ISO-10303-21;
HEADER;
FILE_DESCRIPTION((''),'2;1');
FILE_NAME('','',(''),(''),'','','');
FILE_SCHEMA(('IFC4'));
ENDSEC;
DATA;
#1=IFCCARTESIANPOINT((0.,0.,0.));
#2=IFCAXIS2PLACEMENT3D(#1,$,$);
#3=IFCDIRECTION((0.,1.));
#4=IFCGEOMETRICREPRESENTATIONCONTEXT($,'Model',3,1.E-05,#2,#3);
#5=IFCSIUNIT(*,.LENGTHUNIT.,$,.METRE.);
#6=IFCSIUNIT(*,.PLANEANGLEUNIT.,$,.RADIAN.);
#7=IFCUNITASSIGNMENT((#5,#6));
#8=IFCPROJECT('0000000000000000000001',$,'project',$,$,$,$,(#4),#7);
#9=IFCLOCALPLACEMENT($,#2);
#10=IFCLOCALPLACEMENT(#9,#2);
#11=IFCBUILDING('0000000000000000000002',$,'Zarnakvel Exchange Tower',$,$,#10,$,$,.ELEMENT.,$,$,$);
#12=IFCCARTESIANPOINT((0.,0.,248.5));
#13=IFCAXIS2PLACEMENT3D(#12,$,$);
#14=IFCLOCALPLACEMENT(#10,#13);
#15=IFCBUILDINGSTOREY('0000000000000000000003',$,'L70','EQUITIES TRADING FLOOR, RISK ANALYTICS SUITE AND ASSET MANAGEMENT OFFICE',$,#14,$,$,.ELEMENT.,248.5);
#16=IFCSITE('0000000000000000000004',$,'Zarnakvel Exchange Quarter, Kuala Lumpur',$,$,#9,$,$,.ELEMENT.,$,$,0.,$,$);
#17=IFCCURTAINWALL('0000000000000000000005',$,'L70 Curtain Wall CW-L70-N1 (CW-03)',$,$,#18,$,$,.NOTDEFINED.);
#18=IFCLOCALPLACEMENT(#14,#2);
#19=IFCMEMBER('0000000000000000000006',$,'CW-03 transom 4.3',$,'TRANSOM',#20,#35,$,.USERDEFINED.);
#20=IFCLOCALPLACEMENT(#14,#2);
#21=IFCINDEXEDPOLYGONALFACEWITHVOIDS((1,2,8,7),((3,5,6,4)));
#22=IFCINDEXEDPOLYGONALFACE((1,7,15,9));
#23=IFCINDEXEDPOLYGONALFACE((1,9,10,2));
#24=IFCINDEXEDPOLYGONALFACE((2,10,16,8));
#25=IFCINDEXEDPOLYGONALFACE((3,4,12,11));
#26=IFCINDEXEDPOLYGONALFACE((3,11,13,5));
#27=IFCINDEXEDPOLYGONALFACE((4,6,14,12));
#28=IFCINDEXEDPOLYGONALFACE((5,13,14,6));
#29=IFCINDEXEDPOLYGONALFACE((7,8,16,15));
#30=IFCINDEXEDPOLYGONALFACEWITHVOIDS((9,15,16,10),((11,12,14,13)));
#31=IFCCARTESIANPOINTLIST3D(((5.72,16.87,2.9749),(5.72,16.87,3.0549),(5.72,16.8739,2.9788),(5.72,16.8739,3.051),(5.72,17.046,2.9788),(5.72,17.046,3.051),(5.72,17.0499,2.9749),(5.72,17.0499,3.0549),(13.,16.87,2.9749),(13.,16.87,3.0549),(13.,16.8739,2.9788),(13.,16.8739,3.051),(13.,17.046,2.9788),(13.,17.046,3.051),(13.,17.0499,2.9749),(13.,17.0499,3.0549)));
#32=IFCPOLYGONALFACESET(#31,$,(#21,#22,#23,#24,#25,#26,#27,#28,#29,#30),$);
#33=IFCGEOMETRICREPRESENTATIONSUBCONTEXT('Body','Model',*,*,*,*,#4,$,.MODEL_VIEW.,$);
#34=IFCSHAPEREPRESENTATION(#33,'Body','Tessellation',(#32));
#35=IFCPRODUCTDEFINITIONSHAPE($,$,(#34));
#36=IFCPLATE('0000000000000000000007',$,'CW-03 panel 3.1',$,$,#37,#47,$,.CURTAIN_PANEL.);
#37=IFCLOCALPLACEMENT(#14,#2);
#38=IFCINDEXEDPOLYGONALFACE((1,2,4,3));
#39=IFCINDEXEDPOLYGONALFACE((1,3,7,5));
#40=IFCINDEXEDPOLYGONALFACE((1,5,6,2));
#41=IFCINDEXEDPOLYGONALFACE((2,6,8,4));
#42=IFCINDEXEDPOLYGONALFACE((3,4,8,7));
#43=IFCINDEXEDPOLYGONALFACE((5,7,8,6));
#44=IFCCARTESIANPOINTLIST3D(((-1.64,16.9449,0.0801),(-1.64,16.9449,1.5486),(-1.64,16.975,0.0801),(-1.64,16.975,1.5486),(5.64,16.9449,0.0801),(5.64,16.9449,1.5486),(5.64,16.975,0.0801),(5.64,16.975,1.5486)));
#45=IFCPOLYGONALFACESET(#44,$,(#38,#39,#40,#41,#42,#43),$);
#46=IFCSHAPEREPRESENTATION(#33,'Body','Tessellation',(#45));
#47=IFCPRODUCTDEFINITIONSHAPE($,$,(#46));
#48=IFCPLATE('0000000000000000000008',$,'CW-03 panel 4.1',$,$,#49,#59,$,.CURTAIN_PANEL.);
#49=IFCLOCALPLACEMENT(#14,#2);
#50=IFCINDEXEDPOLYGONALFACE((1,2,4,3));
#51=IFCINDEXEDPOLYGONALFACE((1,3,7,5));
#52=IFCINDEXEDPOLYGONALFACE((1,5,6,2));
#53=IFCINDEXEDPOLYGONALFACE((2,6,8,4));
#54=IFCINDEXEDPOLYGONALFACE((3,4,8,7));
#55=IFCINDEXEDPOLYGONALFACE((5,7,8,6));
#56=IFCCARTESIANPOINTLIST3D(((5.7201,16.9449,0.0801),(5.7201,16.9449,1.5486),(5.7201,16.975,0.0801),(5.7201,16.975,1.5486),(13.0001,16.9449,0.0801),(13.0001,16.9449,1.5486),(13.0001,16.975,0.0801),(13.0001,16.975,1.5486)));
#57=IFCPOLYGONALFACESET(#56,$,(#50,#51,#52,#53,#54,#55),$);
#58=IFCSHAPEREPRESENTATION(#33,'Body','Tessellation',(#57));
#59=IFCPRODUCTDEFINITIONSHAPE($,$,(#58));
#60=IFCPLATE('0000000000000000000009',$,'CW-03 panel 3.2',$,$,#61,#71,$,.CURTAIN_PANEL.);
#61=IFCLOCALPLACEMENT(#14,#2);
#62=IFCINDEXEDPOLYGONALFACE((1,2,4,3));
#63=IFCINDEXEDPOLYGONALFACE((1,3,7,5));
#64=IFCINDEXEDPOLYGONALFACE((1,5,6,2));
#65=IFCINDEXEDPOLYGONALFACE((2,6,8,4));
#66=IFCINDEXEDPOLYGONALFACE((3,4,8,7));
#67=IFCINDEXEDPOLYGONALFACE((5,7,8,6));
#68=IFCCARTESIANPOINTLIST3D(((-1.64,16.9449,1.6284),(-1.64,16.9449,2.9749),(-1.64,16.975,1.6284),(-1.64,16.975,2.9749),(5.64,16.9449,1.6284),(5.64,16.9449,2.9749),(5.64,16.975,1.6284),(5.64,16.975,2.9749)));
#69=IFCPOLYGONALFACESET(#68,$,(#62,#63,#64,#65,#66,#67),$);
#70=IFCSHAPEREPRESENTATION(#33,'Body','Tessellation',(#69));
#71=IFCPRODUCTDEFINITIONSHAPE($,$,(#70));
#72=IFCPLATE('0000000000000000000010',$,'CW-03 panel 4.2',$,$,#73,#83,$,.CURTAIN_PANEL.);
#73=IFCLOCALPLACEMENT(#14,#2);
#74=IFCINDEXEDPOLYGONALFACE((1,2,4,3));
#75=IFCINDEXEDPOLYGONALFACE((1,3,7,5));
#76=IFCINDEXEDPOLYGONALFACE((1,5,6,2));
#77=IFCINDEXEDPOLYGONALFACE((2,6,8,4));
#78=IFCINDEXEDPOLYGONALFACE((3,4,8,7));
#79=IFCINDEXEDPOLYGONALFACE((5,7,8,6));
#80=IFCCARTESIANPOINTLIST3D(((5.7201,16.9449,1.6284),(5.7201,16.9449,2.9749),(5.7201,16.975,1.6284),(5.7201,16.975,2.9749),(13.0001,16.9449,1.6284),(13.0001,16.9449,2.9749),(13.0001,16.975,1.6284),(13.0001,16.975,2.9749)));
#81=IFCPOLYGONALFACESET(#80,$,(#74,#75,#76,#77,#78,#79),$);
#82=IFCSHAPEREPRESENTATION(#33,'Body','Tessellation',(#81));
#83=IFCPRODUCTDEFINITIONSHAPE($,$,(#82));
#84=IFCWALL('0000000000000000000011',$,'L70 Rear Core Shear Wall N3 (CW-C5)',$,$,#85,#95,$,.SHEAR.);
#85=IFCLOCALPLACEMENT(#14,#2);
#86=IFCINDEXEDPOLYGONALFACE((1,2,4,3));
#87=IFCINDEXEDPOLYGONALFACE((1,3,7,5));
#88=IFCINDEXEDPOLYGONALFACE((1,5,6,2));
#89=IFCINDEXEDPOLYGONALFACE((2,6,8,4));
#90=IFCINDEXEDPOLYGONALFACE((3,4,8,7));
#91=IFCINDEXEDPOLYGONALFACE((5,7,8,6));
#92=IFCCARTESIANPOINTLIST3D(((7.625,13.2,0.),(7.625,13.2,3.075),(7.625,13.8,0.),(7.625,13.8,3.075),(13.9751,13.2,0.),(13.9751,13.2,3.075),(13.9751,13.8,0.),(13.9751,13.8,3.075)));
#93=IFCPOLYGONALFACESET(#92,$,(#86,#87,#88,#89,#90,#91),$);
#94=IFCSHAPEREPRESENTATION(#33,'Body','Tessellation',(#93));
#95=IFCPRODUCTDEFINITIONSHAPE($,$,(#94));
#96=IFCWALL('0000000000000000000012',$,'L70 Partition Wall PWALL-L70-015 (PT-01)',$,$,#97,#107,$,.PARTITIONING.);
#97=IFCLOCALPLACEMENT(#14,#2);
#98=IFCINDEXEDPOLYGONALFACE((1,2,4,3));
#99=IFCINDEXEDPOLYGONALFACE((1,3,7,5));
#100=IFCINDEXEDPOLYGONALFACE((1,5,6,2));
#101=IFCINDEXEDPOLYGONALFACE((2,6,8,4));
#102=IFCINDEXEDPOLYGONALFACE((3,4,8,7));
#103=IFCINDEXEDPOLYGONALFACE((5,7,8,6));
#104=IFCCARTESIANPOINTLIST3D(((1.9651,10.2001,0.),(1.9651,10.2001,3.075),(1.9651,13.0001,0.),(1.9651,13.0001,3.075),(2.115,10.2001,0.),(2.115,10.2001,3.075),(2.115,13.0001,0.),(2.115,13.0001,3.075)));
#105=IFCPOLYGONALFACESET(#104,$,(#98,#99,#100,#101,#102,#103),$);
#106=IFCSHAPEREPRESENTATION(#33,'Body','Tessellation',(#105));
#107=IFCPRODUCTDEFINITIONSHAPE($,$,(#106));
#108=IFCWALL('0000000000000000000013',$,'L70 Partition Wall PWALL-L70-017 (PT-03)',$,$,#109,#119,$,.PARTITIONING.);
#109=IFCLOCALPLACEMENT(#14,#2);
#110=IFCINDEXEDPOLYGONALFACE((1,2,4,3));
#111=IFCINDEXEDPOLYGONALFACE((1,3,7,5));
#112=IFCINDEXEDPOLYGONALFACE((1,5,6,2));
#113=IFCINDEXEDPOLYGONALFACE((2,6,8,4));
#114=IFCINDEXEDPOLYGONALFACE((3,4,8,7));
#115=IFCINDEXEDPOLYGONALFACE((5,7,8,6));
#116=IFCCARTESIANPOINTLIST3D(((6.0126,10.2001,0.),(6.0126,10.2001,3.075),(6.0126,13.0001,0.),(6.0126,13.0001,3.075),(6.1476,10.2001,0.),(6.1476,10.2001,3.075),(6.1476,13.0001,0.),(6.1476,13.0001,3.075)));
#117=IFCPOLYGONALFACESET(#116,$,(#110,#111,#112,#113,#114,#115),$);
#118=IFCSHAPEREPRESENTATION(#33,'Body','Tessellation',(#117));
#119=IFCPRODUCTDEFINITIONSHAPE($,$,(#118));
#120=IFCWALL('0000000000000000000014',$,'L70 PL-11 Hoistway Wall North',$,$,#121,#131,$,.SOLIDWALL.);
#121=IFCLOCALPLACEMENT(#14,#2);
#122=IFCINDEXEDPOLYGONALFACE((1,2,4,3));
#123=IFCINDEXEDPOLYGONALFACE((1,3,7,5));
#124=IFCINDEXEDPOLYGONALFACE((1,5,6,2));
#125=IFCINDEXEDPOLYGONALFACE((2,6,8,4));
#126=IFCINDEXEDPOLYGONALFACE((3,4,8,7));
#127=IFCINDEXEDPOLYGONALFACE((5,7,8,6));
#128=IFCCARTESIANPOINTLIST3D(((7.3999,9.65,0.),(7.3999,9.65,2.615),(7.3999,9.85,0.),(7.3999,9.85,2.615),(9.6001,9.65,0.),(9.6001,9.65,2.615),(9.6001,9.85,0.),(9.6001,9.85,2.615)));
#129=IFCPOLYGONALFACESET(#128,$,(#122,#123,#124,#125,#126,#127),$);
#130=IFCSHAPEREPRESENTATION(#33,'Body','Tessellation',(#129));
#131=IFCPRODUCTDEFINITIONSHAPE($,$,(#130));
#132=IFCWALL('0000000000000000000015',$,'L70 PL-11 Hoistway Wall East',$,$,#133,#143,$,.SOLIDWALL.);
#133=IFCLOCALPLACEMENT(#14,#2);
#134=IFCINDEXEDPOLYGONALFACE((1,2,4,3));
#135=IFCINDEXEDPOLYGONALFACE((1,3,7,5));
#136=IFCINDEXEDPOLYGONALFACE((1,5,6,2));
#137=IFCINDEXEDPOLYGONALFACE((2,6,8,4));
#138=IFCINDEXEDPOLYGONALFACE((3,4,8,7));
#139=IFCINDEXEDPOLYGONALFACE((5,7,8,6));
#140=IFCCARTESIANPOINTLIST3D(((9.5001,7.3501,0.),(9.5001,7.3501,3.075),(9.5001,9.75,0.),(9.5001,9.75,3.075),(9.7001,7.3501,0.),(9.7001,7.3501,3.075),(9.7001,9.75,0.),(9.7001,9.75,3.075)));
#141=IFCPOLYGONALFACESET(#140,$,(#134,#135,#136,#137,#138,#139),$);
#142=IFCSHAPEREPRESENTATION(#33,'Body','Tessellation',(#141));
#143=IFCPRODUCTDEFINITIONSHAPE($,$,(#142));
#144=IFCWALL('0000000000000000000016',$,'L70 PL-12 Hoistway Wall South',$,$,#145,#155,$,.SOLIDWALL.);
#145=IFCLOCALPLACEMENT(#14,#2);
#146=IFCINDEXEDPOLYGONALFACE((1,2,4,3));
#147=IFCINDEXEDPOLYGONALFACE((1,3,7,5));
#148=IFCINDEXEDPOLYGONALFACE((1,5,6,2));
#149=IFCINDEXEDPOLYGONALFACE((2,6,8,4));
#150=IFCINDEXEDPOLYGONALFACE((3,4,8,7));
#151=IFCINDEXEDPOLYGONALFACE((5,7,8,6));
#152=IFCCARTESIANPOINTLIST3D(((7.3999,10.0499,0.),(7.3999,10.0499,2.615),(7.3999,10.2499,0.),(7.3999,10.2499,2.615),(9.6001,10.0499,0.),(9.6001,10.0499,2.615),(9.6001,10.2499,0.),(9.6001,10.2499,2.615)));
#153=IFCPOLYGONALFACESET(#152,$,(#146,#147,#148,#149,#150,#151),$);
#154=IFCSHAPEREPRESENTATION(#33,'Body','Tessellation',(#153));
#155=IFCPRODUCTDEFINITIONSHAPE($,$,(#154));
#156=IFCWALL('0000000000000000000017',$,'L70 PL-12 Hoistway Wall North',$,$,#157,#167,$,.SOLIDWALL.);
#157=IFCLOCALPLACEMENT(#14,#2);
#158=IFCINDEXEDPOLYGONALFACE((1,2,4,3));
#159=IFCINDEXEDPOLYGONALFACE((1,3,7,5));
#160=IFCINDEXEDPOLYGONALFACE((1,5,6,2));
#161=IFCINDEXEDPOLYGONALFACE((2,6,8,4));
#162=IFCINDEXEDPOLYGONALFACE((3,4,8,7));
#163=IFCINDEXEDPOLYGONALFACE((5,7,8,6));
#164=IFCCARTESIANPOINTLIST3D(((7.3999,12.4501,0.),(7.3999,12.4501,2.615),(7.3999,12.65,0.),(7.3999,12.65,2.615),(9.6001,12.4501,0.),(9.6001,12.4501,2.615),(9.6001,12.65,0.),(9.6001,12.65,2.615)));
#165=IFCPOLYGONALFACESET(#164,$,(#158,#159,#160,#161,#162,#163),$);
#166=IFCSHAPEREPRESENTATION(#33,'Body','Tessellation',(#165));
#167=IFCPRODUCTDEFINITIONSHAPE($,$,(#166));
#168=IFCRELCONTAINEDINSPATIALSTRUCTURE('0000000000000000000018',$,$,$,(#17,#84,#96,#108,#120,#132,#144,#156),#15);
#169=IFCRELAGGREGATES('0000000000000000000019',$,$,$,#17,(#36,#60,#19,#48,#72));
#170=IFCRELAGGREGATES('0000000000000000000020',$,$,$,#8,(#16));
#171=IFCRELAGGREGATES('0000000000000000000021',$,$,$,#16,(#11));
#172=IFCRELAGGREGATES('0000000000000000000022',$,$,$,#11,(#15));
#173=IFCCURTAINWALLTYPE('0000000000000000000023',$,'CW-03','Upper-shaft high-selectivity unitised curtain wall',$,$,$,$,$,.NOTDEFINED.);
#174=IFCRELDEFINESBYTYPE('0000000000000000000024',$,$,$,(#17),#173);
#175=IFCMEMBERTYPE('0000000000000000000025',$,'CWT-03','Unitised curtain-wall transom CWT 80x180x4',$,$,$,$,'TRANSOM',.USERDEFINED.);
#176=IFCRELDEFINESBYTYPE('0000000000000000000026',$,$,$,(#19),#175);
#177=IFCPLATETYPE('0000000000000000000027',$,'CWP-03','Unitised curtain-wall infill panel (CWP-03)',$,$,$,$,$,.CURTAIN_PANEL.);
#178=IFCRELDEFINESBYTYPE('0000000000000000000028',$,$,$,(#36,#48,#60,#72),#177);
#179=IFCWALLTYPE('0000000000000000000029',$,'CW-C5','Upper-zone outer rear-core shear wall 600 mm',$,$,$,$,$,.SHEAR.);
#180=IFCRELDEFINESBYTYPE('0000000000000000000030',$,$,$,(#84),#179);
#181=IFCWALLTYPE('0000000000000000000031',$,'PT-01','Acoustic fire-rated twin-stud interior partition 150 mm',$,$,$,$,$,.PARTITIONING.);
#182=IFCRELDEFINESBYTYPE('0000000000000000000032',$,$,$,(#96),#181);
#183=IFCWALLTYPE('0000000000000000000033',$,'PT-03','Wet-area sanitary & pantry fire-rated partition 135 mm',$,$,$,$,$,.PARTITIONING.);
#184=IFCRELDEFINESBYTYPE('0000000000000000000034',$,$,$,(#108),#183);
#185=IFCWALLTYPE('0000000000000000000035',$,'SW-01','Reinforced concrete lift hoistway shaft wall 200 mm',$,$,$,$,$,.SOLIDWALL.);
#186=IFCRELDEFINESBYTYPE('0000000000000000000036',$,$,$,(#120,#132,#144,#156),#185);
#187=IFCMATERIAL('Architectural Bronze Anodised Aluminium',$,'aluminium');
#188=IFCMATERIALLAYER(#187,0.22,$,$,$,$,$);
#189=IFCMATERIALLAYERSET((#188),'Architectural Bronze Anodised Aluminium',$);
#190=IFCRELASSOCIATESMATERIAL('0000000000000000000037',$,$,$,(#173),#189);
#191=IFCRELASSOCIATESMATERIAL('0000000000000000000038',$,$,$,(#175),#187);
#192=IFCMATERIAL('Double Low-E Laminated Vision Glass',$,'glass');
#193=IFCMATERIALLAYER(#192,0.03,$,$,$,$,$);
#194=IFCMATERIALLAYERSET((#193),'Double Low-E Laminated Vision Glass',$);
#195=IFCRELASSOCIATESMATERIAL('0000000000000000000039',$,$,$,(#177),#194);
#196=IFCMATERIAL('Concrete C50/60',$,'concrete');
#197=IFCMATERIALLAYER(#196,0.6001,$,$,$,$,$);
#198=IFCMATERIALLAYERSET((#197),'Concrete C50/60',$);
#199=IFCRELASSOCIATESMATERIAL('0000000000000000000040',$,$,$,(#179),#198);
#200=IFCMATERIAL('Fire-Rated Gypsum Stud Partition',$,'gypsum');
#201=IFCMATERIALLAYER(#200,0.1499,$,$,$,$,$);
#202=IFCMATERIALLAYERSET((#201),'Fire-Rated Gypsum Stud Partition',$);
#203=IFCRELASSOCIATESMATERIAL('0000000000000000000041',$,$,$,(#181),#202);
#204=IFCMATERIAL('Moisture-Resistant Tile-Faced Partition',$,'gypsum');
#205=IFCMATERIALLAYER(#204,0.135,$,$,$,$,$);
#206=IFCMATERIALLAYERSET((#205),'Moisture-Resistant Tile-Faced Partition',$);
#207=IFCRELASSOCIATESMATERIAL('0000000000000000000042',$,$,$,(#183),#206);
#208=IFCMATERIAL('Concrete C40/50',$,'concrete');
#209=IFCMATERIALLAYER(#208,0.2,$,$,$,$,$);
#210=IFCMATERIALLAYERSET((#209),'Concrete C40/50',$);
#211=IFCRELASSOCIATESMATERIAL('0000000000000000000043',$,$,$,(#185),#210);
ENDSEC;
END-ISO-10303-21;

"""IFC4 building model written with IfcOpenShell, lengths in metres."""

from ifc_helpers import new_model, si_unit, direction, frame, frame_2d, origin, origin_2d, place, context, subcontext, project, spatial, rectangle, hollow_rectangle, extrude, source, transform, mapped, material, layer, layer_set, material_profile, profile_set, type_object, element, aggregate, save


model = new_model("IFC4")

# Units and contexts
model_context = context("Model", 3, precision=1e-05, world=origin(), true_north=direction((0.0, 1.0)))
body_context = subcontext(model_context, "Body", "Model", "MODEL_VIEW")
ifc_project = project(units=[si_unit("LENGTHUNIT", "METRE"), si_unit("PLANEANGLEUNIT", "RADIAN")], contexts=[model_context])

# Site, building, storey
site_placement = place(None, origin())
site = spatial("IfcSite", under=ifc_project, at=site_placement, Name="Zarnakvel Exchange Quarter, Kuala Lumpur", CompositionType="ELEMENT", RefElevation=0.0)
building_placement = place(site_placement, origin())
building = spatial("IfcBuilding", under=site, at=building_placement, Name="Zarnakvel Exchange Tower", CompositionType="ELEMENT")
storey_placement = place(building_placement, frame((0.0, 0.0, 248.5)))
storey = spatial("IfcBuildingStorey", under=building, at=storey_placement, Name="L70", Description="EQUITIES TRADING FLOOR, RISK ANALYTICS SUITE AND ASSET MANAGEMENT OFFICE", CompositionType="ELEMENT", Elevation=248.5)

# Shared definitions
ifc_material_1 = material(Name="Concrete C50/60", Category="concrete")

# Curtain wall, member, plates
ifc_material_2 = material(Name="Architectural Bronze Anodised Aluminium", Category="aluminium")
ifc_layer_1 = layer(ifc_material_2, 0.22)
ifc_layer_set_1 = layer_set([ifc_layer_1], Name="Architectural Bronze Anodised Aluminium")
curtain_wall_type = type_object("IfcCurtainWallType", Name="CW-03", Description="Upper-shaft high-selectivity unitised curtain wall", PredefinedType="NOTDEFINED", material=ifc_layer_set_1)
curtain_wall_placement = place(storey_placement, origin())
curtain_wall = element("IfcCurtainWall", 1, at=curtain_wall_placement, inside=storey, type_object=curtain_wall_type, Name="L70 Curtain Wall CW-L70-N1 (CW-03)", PredefinedType="NOTDEFINED")
ifc_material_profile_1 = material_profile(ifc_material_2, hollow_rectangle(XDim=0.1799, YDim=0.0801, WallThickness=0.0039, at=origin_2d()))
ifc_profile_set_1 = profile_set([ifc_material_profile_1], Name="Architectural Bronze Anodised Aluminium")
member_type_1 = type_object("IfcMemberType", Name="CWT-03", Description="Unitised curtain-wall transom CWT 80x180x4", ElementType="TRANSOM", PredefinedType="USERDEFINED", material=ifc_profile_set_1)
shared_shape_1 = source(origin(), body_context, "Body", "SweptSolid", [
    extrude(hollow_rectangle(XDim=0.1799, YDim=0.0801, WallThickness=0.0039, at=origin_2d()), origin(), (0.0, 0.0, 1.0), 7.28),
])
member_1_placement = place(storey_placement, frame((5.72, 16.96, 3.0149), z_axis=(1.0, 0.0, 0.0), x_axis=(0.0, 1.0, 0.0)))
member_1 = element("IfcMember", 2, at=member_1_placement, type_object=member_type_1, Name="CW-03 transom 4.3", ObjectType="TRANSOM", PredefinedType="USERDEFINED", context=body_context, shape_type="MappedRepresentation", body=[
    mapped(shared_shape_1, transform((0.0, 0.0, 0.0), x_axis=(1.0, 0.0, 0.0), y_axis=(0.0, 1.0, 0.0), z_axis=(0.0, 0.0, 1.0), scale=1.0)),
])
ifc_material_3 = material(Name="Double Low-E Laminated Vision Glass", Category="glass")
ifc_layer_2 = layer(ifc_material_3, 0.03)
ifc_layer_set_2 = layer_set([ifc_layer_2], Name="Double Low-E Laminated Vision Glass")
plate_type = type_object("IfcPlateType", Name="CWP-03", Description="Unitised curtain-wall infill panel (CWP-03)", PredefinedType="CURTAIN_PANEL", material=ifc_layer_set_2)
shared_shape_2 = source(origin(), body_context, "Body", "SweptSolid", [
    extrude(rectangle(XDim=7.28, YDim=0.03, at=origin_2d()), origin(), (0.0, 0.0, 1.0), 1.4685),
])
plate_1_placement = place(storey_placement, frame((2.0, 16.96, 0.0801), z_axis=(0.0, 0.0, 1.0), x_axis=(1.0, 0.0, 0.0)))
plate_1 = element("IfcPlate", 3, at=plate_1_placement, type_object=plate_type, Name="CW-03 panel 3.1", PredefinedType="CURTAIN_PANEL", context=body_context, shape_type="MappedRepresentation", body=[
    mapped(shared_shape_2, transform((0.0, 0.0, 0.0), x_axis=(1.0, 0.0, 0.0), y_axis=(0.0, 1.0, 0.0), z_axis=(0.0, 0.0, 1.0), scale=1.0)),
])
plate_2_placement = place(storey_placement, frame((9.3601, 16.96, 0.0801), z_axis=(0.0, 0.0, 1.0), x_axis=(1.0, 0.0, 0.0)))
plate_2 = element("IfcPlate", 4, at=plate_2_placement, type_object=plate_type, Name="CW-03 panel 4.1", PredefinedType="CURTAIN_PANEL", context=body_context, shape_type="MappedRepresentation", body=[
    mapped(shared_shape_2, transform((0.0, 0.0, 0.0), x_axis=(1.0, 0.0, 0.0), y_axis=(0.0, 1.0, 0.0), z_axis=(0.0, 0.0, 1.0), scale=1.0)),
])
shared_shape_3 = source(origin(), body_context, "Body", "SweptSolid", [
    extrude(rectangle(XDim=7.28, YDim=0.03, at=origin_2d()), origin(), (0.0, 0.0, 1.0), 1.3464),
])
plate_3_placement = place(storey_placement, frame((2.0, 16.96, 1.6284), z_axis=(0.0, 0.0, 1.0), x_axis=(1.0, 0.0, 0.0)))
plate_3 = element("IfcPlate", 5, at=plate_3_placement, type_object=plate_type, Name="CW-03 panel 3.2", PredefinedType="CURTAIN_PANEL", context=body_context, shape_type="MappedRepresentation", body=[
    mapped(shared_shape_3, transform((0.0, 0.0, 0.0), x_axis=(1.0, 0.0, 0.0), y_axis=(0.0, 1.0, 0.0), z_axis=(0.0, 0.0, 1.0), scale=1.0)),
])
plate_4_placement = place(storey_placement, frame((9.3601, 16.96, 1.6284), z_axis=(0.0, 0.0, 1.0), x_axis=(1.0, 0.0, 0.0)))
plate_4 = element("IfcPlate", 6, at=plate_4_placement, type_object=plate_type, Name="CW-03 panel 4.2", PredefinedType="CURTAIN_PANEL", context=body_context, shape_type="MappedRepresentation", body=[
    mapped(shared_shape_3, transform((0.0, 0.0, 0.0), x_axis=(1.0, 0.0, 0.0), y_axis=(0.0, 1.0, 0.0), z_axis=(0.0, 0.0, 1.0), scale=1.0)),
])
aggregate(curtain_wall, [plate_1, plate_3, member_1, plate_2, plate_4])

# Wall
ifc_layer_3 = layer(ifc_material_1, 0.6001)
ifc_layer_set_3 = layer_set([ifc_layer_3], Name="Concrete C50/60")
wall_type_1 = type_object("IfcWallType", Name="CW-C5", Description="Upper-zone outer rear-core shear wall 600 mm", PredefinedType="SHEAR", material=ifc_layer_set_3)
wall_1_placement = place(storey_placement, frame((7.625, 13.5, 0.0), z_axis=(0.0, 0.0, 1.0), x_axis=(1.0, 0.0, 0.0)))
element("IfcWall", 7, at=wall_1_placement, inside=storey, type_object=wall_type_1, Name="L70 Rear Core Shear Wall N3 (CW-C5)", PredefinedType="SHEAR", context=body_context, shape_type="SweptSolid", body=[
    extrude(rectangle(XDim=6.3501, YDim=0.6001, at=frame_2d((3.175, 0.0))), origin(), (0.0, 0.0, 1.0), 3.075),
])

# Shared definitions
ifc_material_4 = material(Name="Fire-Rated Gypsum Stud Partition", Category="gypsum")
ifc_layer_4 = layer(ifc_material_4, 0.1499)
ifc_layer_set_4 = layer_set([ifc_layer_4], Name="Fire-Rated Gypsum Stud Partition")
wall_type_2 = type_object("IfcWallType", Name="PT-01", Description="Acoustic fire-rated twin-stud interior partition 150 mm", PredefinedType="PARTITIONING", material=ifc_layer_set_4)

# Wall
wall_2_placement = place(storey_placement, frame((2.04, 13.0, 0.0), z_axis=(0.0, 0.0, 1.0), x_axis=(0.0, -1.0, 0.0)))
element("IfcWall", 8, at=wall_2_placement, inside=storey, type_object=wall_type_2, Name="L70 Partition Wall PWALL-L70-015 (PT-01)", PredefinedType="PARTITIONING", context=body_context, shape_type="SweptSolid", body=[
    extrude(rectangle(XDim=2.8, YDim=0.1499, at=frame_2d((1.3999, 0.0))), origin(), (0.0, 0.0, 1.0), 3.075),
])

# Shared definitions
ifc_material_5 = material(Name="Moisture-Resistant Tile-Faced Partition", Category="gypsum")
ifc_layer_5 = layer(ifc_material_5, 0.135)
ifc_layer_set_5 = layer_set([ifc_layer_5], Name="Moisture-Resistant Tile-Faced Partition")
wall_type_3 = type_object("IfcWallType", Name="PT-03", Description="Wet-area sanitary & pantry fire-rated partition 135 mm", PredefinedType="PARTITIONING", material=ifc_layer_set_5)

# Walls
wall_3_placement = place(storey_placement, frame((6.0801, 13.0, 0.0), z_axis=(0.0, 0.0, 1.0), x_axis=(0.0, -1.0, 0.0)))
element("IfcWall", 9, at=wall_3_placement, inside=storey, type_object=wall_type_3, Name="L70 Partition Wall PWALL-L70-017 (PT-03)", PredefinedType="PARTITIONING", context=body_context, shape_type="SweptSolid", body=[
    extrude(rectangle(XDim=2.8, YDim=0.135, at=frame_2d((1.3999, 0.0))), origin(), (0.0, 0.0, 1.0), 3.075),
])
ifc_material_6 = material(Name="Concrete C40/50", Category="concrete")
ifc_layer_6 = layer(ifc_material_6, 0.2)
ifc_layer_set_6 = layer_set([ifc_layer_6], Name="Concrete C40/50")
wall_type_4 = type_object("IfcWallType", Name="SW-01", Description="Reinforced concrete lift hoistway shaft wall 200 mm", PredefinedType="SOLIDWALL", material=ifc_layer_set_6)
wall_4_placement = place(storey_placement, frame((7.3999, 9.75, 0.0), z_axis=(0.0, 0.0, 1.0), x_axis=(1.0, 0.0, 0.0)))
element("IfcWall", 10, at=wall_4_placement, inside=storey, type_object=wall_type_4, Name="L70 PL-11 Hoistway Wall North", PredefinedType="SOLIDWALL", context=body_context, shape_type="SweptSolid", body=[
    extrude(rectangle(XDim=2.2002, YDim=0.2, at=frame_2d((1.1001, 0.0))), origin(), (0.0, 0.0, 1.0), 2.615),
])
wall_5_placement = place(storey_placement, frame((9.6001, 9.75, 0.0), z_axis=(0.0, 0.0, 1.0), x_axis=(0.0, -1.0, 0.0)))
element("IfcWall", 11, at=wall_5_placement, inside=storey, type_object=wall_type_4, Name="L70 PL-11 Hoistway Wall East", PredefinedType="SOLIDWALL", context=body_context, shape_type="SweptSolid", body=[
    extrude(rectangle(XDim=2.3999, YDim=0.2, at=frame_2d((1.2, 0.0))), origin(), (0.0, 0.0, 1.0), 3.075),
])
for number, where, z_axis, x_axis, name in (
    (12, (9.6001, 10.1499, 0.0), (0.0, 0.0, 1.0), (-1.0, 0.0, 0.0), "L70 PL-12 Hoistway Wall South"),
    (13, (7.3999, 12.55, 0.0), (0.0, 0.0, 1.0), (1.0, 0.0, 0.0), "L70 PL-12 Hoistway Wall North"),
):
    element("IfcWall", number, at=place(storey_placement, frame(where, z_axis=z_axis, x_axis=x_axis)), inside=storey, type_object=wall_type_4, Name=name, PredefinedType="SOLIDWALL", context=body_context, shape_type="SweptSolid", body=[
        extrude(rectangle(XDim=2.2002, YDim=0.2, at=frame_2d((1.1001, 0.0))), origin(), (0.0, 0.0, 1.0), 2.615),
    ])

save(model, "model.ifc")
